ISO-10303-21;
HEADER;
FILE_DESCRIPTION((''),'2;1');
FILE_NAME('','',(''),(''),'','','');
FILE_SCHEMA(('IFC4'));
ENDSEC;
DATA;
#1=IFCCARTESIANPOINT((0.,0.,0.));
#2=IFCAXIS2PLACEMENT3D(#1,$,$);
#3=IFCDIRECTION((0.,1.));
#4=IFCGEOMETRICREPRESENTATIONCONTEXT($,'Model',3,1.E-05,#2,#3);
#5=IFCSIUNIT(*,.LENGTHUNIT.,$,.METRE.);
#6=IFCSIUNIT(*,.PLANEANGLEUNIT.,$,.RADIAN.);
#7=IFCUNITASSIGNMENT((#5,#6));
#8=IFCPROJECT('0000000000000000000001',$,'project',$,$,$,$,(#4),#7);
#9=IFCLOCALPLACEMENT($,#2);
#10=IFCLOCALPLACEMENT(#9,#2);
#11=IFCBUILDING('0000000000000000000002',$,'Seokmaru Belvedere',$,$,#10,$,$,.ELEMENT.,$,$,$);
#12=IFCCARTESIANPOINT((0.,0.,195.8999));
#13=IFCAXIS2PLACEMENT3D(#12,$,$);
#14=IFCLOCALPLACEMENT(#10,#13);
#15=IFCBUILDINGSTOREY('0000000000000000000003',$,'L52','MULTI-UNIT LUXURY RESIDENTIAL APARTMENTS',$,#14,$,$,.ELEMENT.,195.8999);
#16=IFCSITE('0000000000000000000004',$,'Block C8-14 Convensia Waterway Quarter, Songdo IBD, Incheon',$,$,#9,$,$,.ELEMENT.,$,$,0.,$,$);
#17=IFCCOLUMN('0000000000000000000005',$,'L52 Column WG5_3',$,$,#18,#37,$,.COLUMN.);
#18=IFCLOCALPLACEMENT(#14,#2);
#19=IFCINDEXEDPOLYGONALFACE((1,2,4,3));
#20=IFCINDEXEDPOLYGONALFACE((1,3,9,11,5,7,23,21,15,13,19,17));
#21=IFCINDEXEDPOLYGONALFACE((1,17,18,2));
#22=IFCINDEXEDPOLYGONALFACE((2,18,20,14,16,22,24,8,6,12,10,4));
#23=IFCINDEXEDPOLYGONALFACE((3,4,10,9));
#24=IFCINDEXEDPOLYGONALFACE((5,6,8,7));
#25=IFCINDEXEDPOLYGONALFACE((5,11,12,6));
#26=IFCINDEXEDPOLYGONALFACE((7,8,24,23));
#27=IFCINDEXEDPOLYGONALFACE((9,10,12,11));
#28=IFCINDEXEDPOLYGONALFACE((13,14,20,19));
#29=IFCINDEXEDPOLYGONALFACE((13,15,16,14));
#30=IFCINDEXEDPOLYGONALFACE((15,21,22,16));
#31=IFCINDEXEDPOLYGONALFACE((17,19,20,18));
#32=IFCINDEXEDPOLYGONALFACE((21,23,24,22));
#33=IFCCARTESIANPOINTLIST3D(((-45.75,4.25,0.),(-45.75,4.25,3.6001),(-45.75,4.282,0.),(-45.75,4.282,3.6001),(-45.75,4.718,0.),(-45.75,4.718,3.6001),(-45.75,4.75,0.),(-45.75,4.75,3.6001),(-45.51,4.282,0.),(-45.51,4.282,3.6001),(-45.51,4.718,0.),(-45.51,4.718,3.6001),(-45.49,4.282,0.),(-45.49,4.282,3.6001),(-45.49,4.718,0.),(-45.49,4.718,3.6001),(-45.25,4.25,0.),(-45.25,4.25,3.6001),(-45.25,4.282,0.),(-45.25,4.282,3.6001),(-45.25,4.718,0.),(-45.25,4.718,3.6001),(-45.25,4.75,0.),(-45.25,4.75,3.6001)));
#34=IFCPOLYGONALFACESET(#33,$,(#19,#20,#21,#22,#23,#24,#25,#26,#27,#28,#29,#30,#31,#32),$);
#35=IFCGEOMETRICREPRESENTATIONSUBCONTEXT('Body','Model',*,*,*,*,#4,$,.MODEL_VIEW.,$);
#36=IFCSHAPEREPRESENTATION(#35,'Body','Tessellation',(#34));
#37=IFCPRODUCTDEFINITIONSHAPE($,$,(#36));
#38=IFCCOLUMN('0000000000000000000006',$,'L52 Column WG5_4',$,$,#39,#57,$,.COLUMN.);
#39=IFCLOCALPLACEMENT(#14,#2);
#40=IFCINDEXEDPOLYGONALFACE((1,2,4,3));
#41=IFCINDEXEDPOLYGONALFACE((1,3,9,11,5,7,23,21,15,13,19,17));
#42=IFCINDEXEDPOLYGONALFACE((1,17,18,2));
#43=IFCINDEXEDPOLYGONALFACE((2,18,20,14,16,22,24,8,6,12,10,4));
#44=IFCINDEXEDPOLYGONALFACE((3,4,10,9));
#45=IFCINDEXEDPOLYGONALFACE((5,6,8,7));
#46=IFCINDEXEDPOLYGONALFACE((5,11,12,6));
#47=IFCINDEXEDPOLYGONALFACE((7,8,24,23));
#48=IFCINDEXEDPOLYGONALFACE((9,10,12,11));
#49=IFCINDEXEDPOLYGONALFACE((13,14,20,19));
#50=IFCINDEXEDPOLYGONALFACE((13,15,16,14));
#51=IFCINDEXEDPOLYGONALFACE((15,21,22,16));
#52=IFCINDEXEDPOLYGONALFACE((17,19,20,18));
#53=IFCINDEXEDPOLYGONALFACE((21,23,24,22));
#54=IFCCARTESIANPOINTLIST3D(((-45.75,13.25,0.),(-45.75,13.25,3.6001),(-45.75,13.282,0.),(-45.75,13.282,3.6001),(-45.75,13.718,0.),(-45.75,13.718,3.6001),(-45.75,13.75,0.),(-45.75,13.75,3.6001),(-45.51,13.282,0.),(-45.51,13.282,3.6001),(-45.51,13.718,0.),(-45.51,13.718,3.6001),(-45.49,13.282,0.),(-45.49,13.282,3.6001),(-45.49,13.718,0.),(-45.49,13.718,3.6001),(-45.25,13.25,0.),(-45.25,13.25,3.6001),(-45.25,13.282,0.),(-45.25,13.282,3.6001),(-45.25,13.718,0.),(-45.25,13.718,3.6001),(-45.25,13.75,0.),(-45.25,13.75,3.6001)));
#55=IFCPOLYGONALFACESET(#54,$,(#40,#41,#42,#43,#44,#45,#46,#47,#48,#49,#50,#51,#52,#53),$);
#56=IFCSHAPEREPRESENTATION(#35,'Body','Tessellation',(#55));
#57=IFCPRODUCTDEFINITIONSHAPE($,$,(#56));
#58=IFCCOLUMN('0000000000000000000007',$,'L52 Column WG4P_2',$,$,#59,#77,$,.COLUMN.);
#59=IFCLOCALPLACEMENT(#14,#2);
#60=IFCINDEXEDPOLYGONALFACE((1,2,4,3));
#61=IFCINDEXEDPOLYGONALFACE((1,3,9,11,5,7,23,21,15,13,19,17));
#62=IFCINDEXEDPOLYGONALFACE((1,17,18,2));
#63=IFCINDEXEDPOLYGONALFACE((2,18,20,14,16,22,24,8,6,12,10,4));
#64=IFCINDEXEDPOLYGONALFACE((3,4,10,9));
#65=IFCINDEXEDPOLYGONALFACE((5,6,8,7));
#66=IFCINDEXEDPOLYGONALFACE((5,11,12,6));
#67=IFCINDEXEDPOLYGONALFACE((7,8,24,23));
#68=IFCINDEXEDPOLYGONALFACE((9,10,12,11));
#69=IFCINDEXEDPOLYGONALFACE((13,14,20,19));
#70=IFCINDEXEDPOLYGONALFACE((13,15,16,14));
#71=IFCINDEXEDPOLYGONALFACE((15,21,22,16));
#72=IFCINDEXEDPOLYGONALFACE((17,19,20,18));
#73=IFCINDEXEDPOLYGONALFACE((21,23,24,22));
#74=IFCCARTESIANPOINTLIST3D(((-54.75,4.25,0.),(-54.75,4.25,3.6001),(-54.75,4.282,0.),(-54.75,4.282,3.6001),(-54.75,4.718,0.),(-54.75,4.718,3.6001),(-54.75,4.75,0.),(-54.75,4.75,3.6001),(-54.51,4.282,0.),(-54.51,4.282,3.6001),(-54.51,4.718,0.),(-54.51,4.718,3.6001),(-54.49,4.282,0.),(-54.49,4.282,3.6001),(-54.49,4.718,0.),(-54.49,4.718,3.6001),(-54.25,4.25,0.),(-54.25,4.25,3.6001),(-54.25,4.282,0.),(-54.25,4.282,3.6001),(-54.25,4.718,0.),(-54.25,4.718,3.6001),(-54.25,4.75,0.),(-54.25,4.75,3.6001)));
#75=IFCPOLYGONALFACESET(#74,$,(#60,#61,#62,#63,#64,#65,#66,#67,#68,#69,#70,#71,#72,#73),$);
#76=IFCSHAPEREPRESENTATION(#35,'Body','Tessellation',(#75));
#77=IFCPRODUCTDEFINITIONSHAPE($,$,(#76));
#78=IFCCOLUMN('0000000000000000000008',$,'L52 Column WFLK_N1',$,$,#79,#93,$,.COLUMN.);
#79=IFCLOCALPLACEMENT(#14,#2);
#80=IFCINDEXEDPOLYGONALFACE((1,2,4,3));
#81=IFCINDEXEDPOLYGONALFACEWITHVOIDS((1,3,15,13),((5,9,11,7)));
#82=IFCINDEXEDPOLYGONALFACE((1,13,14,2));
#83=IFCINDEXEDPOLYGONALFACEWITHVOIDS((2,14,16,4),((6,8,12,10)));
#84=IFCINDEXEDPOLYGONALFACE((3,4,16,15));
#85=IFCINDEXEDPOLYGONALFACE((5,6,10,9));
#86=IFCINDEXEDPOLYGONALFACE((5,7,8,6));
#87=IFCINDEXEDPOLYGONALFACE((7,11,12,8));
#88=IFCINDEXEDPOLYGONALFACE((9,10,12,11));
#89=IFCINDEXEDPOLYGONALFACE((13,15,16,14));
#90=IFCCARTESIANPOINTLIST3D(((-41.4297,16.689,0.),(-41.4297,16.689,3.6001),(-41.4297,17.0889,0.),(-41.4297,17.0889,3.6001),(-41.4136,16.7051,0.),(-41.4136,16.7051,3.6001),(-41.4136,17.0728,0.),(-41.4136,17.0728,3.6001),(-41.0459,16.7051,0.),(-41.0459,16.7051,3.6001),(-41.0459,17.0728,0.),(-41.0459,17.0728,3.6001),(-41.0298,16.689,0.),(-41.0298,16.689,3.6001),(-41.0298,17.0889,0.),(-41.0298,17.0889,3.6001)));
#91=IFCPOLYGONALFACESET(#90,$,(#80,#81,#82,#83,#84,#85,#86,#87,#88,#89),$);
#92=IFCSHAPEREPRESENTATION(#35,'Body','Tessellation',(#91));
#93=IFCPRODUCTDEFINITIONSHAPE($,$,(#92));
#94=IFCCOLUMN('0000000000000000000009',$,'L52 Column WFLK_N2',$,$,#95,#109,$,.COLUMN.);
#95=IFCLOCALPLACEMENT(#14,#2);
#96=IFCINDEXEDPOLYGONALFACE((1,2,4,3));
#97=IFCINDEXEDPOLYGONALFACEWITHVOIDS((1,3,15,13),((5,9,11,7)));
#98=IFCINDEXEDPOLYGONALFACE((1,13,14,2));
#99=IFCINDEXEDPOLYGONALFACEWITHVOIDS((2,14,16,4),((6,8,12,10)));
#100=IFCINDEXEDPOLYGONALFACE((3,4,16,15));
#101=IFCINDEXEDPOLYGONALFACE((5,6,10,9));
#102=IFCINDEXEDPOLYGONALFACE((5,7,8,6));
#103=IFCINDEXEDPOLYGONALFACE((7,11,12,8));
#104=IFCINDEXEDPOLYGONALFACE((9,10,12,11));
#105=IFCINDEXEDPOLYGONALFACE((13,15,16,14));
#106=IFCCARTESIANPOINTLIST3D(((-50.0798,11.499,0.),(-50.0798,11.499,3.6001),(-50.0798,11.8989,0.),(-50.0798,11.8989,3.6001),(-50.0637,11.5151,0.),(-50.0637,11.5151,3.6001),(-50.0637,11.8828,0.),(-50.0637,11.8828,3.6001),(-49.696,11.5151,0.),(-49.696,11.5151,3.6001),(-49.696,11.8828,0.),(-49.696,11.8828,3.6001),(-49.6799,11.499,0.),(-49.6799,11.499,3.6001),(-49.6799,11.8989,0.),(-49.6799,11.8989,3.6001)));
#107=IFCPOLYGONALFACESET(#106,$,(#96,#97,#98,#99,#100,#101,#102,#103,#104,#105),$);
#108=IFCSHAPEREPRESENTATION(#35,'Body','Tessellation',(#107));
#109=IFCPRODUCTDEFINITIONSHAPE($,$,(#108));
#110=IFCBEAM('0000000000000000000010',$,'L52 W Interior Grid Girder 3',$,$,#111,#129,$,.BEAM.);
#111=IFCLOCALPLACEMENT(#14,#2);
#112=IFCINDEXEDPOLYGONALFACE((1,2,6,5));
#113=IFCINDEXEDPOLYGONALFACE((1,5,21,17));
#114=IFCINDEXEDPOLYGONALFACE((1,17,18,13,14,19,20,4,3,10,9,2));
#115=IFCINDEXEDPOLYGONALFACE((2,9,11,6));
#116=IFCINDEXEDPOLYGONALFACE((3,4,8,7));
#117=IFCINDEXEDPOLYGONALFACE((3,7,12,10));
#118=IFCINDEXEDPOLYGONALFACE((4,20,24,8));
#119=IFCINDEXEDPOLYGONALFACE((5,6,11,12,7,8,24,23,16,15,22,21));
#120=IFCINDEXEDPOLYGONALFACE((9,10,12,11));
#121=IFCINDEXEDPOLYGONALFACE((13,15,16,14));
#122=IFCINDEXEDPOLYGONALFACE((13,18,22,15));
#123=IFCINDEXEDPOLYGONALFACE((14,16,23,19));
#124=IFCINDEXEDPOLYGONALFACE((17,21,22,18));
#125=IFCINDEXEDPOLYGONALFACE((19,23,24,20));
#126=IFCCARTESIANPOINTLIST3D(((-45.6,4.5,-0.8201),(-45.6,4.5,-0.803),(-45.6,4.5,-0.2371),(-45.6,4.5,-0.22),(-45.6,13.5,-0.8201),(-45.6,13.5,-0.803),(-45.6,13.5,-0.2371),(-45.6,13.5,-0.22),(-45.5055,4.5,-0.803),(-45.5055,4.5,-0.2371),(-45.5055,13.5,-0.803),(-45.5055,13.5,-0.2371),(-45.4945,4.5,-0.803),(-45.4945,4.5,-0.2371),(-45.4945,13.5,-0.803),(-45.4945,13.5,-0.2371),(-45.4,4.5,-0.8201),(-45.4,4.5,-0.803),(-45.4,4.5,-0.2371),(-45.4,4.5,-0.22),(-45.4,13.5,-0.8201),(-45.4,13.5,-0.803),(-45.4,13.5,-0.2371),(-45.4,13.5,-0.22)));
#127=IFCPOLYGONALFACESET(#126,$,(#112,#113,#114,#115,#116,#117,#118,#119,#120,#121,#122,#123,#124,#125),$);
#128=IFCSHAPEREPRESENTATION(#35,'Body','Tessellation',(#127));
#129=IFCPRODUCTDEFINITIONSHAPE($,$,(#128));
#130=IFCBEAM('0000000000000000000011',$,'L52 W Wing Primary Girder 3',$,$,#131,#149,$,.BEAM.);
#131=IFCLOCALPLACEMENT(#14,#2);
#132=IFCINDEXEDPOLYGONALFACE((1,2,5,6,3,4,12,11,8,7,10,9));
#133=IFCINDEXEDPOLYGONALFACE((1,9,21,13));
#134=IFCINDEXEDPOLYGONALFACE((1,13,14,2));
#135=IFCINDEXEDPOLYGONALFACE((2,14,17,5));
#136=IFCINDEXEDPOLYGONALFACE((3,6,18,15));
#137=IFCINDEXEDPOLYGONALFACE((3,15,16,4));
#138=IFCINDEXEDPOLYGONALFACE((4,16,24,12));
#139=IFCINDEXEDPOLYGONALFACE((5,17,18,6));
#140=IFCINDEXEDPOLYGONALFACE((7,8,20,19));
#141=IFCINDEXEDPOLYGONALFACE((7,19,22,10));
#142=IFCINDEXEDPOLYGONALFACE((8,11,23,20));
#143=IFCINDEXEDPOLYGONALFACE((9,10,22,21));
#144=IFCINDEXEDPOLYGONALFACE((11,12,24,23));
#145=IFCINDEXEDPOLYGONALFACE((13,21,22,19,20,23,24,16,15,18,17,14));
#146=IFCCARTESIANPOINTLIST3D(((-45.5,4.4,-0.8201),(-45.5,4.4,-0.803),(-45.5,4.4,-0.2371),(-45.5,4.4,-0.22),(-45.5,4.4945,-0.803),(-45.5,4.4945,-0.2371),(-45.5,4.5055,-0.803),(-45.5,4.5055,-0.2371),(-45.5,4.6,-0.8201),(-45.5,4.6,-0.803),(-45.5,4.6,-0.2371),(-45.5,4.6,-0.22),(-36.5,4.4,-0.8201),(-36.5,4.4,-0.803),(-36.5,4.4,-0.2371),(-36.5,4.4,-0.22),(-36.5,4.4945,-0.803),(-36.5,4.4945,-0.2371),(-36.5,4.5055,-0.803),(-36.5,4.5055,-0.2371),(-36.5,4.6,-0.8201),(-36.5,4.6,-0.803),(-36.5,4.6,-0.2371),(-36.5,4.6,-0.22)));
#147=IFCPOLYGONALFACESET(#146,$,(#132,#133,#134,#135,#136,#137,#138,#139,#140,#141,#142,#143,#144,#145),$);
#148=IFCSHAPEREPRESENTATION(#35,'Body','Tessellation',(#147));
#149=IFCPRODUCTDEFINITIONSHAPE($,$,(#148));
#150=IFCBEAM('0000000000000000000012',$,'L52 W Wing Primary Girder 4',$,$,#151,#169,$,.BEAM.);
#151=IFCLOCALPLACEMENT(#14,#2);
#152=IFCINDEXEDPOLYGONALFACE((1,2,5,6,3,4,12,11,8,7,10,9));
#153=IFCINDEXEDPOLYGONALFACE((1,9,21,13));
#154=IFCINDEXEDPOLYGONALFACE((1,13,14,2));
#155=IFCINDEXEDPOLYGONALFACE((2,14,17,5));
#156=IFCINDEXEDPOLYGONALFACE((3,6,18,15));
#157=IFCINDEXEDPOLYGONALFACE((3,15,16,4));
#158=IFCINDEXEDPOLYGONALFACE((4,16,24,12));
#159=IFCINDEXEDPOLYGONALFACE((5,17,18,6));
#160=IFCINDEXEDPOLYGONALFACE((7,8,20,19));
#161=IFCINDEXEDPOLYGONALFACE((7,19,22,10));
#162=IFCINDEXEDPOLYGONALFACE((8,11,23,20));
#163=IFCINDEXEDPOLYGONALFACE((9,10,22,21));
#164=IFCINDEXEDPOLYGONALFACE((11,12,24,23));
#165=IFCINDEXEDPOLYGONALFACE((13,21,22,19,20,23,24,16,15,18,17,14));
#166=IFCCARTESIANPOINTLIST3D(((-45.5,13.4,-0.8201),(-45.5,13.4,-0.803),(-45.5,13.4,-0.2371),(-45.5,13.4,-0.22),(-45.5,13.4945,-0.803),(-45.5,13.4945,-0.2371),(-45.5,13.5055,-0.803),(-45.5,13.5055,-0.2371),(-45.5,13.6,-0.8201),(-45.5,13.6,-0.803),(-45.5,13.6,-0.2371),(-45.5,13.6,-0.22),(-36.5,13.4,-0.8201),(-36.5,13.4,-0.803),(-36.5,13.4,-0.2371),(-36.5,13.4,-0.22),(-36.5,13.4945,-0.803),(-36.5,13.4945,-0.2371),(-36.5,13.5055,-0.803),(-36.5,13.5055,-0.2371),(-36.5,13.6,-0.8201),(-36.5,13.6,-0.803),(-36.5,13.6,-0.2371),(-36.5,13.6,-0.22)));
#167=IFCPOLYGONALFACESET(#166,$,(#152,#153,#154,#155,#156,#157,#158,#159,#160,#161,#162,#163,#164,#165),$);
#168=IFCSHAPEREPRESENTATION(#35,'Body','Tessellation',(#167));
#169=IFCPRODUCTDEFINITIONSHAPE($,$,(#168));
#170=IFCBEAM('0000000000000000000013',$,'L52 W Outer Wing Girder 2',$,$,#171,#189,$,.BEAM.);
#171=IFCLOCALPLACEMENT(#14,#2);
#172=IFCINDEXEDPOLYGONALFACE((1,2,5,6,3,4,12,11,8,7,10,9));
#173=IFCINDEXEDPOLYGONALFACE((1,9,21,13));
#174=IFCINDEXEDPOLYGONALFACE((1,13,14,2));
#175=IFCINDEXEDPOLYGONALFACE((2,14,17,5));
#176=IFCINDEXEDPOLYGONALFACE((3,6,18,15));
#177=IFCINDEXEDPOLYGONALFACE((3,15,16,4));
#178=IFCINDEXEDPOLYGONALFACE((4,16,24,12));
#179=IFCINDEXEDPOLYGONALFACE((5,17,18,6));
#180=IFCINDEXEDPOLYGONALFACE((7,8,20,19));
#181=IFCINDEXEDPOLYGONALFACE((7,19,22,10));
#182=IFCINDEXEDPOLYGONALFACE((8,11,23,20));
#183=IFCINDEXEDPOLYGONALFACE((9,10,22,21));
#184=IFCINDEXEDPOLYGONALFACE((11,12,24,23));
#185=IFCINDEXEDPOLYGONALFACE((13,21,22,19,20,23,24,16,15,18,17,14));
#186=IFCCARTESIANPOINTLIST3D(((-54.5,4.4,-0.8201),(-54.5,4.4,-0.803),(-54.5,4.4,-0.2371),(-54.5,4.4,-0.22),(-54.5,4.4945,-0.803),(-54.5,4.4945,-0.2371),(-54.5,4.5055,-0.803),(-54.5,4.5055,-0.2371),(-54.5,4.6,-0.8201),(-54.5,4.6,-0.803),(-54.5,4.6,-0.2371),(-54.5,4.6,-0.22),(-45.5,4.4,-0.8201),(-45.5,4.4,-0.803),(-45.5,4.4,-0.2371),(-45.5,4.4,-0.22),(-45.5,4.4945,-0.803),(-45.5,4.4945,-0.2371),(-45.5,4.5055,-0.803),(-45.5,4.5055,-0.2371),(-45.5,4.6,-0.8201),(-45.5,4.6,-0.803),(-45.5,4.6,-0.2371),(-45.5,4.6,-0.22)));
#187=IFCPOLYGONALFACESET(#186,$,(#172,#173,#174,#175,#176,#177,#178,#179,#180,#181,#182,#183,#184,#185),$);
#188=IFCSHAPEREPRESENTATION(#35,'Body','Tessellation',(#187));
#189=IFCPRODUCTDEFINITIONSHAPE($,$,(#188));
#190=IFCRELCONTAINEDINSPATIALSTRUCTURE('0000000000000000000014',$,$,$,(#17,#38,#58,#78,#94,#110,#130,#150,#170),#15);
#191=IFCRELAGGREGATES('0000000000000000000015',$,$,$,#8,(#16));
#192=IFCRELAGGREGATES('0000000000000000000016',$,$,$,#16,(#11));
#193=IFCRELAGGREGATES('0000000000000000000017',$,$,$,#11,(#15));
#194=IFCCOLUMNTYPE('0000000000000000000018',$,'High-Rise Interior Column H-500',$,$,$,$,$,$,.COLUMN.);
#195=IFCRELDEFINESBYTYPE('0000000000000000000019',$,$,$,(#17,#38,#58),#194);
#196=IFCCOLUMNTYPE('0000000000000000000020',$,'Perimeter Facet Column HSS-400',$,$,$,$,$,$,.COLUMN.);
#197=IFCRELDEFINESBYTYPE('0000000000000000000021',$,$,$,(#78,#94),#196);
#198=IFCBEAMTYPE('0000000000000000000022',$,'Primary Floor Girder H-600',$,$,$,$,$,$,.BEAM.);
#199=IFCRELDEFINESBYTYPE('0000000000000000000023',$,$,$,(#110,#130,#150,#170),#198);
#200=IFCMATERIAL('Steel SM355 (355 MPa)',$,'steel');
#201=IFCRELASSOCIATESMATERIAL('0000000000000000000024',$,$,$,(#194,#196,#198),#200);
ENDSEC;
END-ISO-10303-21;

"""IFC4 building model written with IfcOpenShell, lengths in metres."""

from ifc_helpers import new_model, si_unit, direction, frame, origin, origin_2d, place, context, subcontext, project, spatial, hollow_rectangle, i_section, extrude, source, transform, mapped, material, material_profile, profile_set, type_object, type_shapes, element, save


model = new_model("IFC4")

# Units and contexts
model_context = context("Model", 3, precision=1e-05, world=origin(), true_north=direction((0.0, 1.0)))
body_context = subcontext(model_context, "Body", "Model", "MODEL_VIEW")
ifc_project = project(units=[si_unit("LENGTHUNIT", "METRE"), si_unit("PLANEANGLEUNIT", "RADIAN")], contexts=[model_context])

# Site, building, storey
site_placement = place(None, origin())
site = spatial("IfcSite", under=ifc_project, at=site_placement, Name="Block C8-14 Convensia Waterway Quarter, Songdo IBD, Incheon", CompositionType="ELEMENT", RefElevation=0.0)
building_placement = place(site_placement, origin())
building = spatial("IfcBuilding", under=site, at=building_placement, Name="Seokmaru Belvedere", CompositionType="ELEMENT")
storey_placement = place(building_placement, frame((0.0, 0.0, 195.8999)))
storey = spatial("IfcBuildingStorey", under=building, at=storey_placement, Name="L52", Description="MULTI-UNIT LUXURY RESIDENTIAL APARTMENTS", CompositionType="ELEMENT", Elevation=195.8999)

# Columns
ifc_material_1 = material(Name="Steel SM355 (355 MPa)", Category="steel")
ifc_material_profile_1 = material_profile(ifc_material_1, i_section(OverallWidth=0.5, OverallDepth=0.5, WebThickness=0.02, FlangeThickness=0.032, at=origin_2d()), Name="H-500x500x20x32")
ifc_profile_set_1 = profile_set([ifc_material_profile_1], Name="Steel SM355 (355 MPa)")
column_type_1 = type_object("IfcColumnType", Name="High-Rise Interior Column H-500", PredefinedType="COLUMN", material=ifc_profile_set_1)
shared_shape_1 = source(origin(), body_context, "Body", "SweptSolid", [
    extrude(i_section(OverallWidth=0.5, OverallDepth=0.5, WebThickness=0.02, FlangeThickness=0.032, at=origin_2d()), origin(), (0.0, 0.0, 1.0), 3.6001),
])
type_shapes(column_type_1, [shared_shape_1])
for number, where, z_axis, x_axis, name in (
    (1, (-45.5, 4.5, 0.0), (0.0, 0.0, 1.0), (1.0, 0.0, 0.0), "L52 Column WG5_3"),
    (2, (-45.5, 13.5, 0.0), (0.0, 0.0, 1.0), (1.0, 0.0, 0.0), "L52 Column WG5_4"),
    (3, (-54.5, 4.5, 0.0), (0.0, 0.0, 1.0), (1.0, 0.0, 0.0), "L52 Column WG4P_2"),
):
    element("IfcColumn", number, at=place(storey_placement, frame(where, z_axis=z_axis, x_axis=x_axis)), inside=storey, type_object=column_type_1, Name=name, PredefinedType="COLUMN", context=body_context, shape_type="MappedRepresentation", body=[
        mapped(shared_shape_1, transform((0.0, 0.0, 0.0), scale=1.0)),
    ])
ifc_material_profile_2 = material_profile(ifc_material_1, hollow_rectangle(XDim=0.3999, YDim=0.3999, WallThickness=0.0161, at=origin_2d()), Name="HSS-400x400x16")
ifc_profile_set_2 = profile_set([ifc_material_profile_2], Name="Steel SM355 (355 MPa)")
column_type_2 = type_object("IfcColumnType", Name="Perimeter Facet Column HSS-400", PredefinedType="COLUMN", material=ifc_profile_set_2)
shared_shape_2 = source(origin(), body_context, "Body", "SweptSolid", [
    extrude(hollow_rectangle(XDim=0.3999, YDim=0.3999, WallThickness=0.0161, at=origin_2d()), origin(), (0.0, 0.0, 1.0), 3.6001),
])
type_shapes(column_type_2, [shared_shape_2])
for number, where, z_axis, x_axis, name in (
    (4, (-41.2297, 16.8889, 0.0), (0.0, 0.0, 1.0), (1.0, 0.0, 0.0), "L52 Column WFLK_N1"),
    (5, (-49.8799, 11.699, 0.0), (0.0, 0.0, 1.0), (1.0, 0.0, 0.0), "L52 Column WFLK_N2"),
):
    element("IfcColumn", number, at=place(storey_placement, frame(where, z_axis=z_axis, x_axis=x_axis)), inside=storey, type_object=column_type_2, Name=name, PredefinedType="COLUMN", context=body_context, shape_type="MappedRepresentation", body=[
        mapped(shared_shape_2, transform((0.0, 0.0, 0.0), scale=1.0)),
    ])

# Beams
ifc_material_profile_3 = material_profile(ifc_material_1, i_section(OverallWidth=0.2, OverallDepth=0.6001, WebThickness=0.011, FlangeThickness=0.0171, at=origin_2d()), Name="H-600x200x11x17")
ifc_profile_set_3 = profile_set([ifc_material_profile_3], Name="Steel SM355 (355 MPa)")
beam_type_1 = type_object("IfcBeamType", Name="Primary Floor Girder H-600", PredefinedType="BEAM", material=ifc_profile_set_3)
shared_shape_3 = source(origin(), body_context, "Body", "SweptSolid", [
    extrude(i_section(OverallWidth=0.2, OverallDepth=0.6001, WebThickness=0.011, FlangeThickness=0.0171, at=origin_2d()), origin(), (0.0, 0.0, 1.0), 9.0),
])
for number, where, z_axis, x_axis, name in (
    (6, (-45.5, 4.5, -0.52), (0.0, 1.0, 0.0), (-1.0, 0.0, 0.0), "L52 W Interior Grid Girder 3"),
    (7, (-45.5, 4.5, -0.52), (1.0, 0.0, 0.0), (0.0, 1.0, 0.0), "L52 W Wing Primary Girder 3"),
    (8, (-45.5, 13.5, -0.52), (1.0, 0.0, 0.0), (0.0, 1.0, 0.0), "L52 W Wing Primary Girder 4"),
    (9, (-54.5, 4.5, -0.52), (1.0, 0.0, 0.0), (0.0, 1.0, 0.0), "L52 W Outer Wing Girder 2"),
):
    element("IfcBeam", number, at=place(storey_placement, frame(where, z_axis=z_axis, x_axis=x_axis)), inside=storey, type_object=beam_type_1, Name=name, PredefinedType="BEAM", context=body_context, shape_type="MappedRepresentation", body=[
        mapped(shared_shape_3, transform((0.0, 0.0, 0.0), scale=1.0)),
    ])

save(model, "model.ifc")
